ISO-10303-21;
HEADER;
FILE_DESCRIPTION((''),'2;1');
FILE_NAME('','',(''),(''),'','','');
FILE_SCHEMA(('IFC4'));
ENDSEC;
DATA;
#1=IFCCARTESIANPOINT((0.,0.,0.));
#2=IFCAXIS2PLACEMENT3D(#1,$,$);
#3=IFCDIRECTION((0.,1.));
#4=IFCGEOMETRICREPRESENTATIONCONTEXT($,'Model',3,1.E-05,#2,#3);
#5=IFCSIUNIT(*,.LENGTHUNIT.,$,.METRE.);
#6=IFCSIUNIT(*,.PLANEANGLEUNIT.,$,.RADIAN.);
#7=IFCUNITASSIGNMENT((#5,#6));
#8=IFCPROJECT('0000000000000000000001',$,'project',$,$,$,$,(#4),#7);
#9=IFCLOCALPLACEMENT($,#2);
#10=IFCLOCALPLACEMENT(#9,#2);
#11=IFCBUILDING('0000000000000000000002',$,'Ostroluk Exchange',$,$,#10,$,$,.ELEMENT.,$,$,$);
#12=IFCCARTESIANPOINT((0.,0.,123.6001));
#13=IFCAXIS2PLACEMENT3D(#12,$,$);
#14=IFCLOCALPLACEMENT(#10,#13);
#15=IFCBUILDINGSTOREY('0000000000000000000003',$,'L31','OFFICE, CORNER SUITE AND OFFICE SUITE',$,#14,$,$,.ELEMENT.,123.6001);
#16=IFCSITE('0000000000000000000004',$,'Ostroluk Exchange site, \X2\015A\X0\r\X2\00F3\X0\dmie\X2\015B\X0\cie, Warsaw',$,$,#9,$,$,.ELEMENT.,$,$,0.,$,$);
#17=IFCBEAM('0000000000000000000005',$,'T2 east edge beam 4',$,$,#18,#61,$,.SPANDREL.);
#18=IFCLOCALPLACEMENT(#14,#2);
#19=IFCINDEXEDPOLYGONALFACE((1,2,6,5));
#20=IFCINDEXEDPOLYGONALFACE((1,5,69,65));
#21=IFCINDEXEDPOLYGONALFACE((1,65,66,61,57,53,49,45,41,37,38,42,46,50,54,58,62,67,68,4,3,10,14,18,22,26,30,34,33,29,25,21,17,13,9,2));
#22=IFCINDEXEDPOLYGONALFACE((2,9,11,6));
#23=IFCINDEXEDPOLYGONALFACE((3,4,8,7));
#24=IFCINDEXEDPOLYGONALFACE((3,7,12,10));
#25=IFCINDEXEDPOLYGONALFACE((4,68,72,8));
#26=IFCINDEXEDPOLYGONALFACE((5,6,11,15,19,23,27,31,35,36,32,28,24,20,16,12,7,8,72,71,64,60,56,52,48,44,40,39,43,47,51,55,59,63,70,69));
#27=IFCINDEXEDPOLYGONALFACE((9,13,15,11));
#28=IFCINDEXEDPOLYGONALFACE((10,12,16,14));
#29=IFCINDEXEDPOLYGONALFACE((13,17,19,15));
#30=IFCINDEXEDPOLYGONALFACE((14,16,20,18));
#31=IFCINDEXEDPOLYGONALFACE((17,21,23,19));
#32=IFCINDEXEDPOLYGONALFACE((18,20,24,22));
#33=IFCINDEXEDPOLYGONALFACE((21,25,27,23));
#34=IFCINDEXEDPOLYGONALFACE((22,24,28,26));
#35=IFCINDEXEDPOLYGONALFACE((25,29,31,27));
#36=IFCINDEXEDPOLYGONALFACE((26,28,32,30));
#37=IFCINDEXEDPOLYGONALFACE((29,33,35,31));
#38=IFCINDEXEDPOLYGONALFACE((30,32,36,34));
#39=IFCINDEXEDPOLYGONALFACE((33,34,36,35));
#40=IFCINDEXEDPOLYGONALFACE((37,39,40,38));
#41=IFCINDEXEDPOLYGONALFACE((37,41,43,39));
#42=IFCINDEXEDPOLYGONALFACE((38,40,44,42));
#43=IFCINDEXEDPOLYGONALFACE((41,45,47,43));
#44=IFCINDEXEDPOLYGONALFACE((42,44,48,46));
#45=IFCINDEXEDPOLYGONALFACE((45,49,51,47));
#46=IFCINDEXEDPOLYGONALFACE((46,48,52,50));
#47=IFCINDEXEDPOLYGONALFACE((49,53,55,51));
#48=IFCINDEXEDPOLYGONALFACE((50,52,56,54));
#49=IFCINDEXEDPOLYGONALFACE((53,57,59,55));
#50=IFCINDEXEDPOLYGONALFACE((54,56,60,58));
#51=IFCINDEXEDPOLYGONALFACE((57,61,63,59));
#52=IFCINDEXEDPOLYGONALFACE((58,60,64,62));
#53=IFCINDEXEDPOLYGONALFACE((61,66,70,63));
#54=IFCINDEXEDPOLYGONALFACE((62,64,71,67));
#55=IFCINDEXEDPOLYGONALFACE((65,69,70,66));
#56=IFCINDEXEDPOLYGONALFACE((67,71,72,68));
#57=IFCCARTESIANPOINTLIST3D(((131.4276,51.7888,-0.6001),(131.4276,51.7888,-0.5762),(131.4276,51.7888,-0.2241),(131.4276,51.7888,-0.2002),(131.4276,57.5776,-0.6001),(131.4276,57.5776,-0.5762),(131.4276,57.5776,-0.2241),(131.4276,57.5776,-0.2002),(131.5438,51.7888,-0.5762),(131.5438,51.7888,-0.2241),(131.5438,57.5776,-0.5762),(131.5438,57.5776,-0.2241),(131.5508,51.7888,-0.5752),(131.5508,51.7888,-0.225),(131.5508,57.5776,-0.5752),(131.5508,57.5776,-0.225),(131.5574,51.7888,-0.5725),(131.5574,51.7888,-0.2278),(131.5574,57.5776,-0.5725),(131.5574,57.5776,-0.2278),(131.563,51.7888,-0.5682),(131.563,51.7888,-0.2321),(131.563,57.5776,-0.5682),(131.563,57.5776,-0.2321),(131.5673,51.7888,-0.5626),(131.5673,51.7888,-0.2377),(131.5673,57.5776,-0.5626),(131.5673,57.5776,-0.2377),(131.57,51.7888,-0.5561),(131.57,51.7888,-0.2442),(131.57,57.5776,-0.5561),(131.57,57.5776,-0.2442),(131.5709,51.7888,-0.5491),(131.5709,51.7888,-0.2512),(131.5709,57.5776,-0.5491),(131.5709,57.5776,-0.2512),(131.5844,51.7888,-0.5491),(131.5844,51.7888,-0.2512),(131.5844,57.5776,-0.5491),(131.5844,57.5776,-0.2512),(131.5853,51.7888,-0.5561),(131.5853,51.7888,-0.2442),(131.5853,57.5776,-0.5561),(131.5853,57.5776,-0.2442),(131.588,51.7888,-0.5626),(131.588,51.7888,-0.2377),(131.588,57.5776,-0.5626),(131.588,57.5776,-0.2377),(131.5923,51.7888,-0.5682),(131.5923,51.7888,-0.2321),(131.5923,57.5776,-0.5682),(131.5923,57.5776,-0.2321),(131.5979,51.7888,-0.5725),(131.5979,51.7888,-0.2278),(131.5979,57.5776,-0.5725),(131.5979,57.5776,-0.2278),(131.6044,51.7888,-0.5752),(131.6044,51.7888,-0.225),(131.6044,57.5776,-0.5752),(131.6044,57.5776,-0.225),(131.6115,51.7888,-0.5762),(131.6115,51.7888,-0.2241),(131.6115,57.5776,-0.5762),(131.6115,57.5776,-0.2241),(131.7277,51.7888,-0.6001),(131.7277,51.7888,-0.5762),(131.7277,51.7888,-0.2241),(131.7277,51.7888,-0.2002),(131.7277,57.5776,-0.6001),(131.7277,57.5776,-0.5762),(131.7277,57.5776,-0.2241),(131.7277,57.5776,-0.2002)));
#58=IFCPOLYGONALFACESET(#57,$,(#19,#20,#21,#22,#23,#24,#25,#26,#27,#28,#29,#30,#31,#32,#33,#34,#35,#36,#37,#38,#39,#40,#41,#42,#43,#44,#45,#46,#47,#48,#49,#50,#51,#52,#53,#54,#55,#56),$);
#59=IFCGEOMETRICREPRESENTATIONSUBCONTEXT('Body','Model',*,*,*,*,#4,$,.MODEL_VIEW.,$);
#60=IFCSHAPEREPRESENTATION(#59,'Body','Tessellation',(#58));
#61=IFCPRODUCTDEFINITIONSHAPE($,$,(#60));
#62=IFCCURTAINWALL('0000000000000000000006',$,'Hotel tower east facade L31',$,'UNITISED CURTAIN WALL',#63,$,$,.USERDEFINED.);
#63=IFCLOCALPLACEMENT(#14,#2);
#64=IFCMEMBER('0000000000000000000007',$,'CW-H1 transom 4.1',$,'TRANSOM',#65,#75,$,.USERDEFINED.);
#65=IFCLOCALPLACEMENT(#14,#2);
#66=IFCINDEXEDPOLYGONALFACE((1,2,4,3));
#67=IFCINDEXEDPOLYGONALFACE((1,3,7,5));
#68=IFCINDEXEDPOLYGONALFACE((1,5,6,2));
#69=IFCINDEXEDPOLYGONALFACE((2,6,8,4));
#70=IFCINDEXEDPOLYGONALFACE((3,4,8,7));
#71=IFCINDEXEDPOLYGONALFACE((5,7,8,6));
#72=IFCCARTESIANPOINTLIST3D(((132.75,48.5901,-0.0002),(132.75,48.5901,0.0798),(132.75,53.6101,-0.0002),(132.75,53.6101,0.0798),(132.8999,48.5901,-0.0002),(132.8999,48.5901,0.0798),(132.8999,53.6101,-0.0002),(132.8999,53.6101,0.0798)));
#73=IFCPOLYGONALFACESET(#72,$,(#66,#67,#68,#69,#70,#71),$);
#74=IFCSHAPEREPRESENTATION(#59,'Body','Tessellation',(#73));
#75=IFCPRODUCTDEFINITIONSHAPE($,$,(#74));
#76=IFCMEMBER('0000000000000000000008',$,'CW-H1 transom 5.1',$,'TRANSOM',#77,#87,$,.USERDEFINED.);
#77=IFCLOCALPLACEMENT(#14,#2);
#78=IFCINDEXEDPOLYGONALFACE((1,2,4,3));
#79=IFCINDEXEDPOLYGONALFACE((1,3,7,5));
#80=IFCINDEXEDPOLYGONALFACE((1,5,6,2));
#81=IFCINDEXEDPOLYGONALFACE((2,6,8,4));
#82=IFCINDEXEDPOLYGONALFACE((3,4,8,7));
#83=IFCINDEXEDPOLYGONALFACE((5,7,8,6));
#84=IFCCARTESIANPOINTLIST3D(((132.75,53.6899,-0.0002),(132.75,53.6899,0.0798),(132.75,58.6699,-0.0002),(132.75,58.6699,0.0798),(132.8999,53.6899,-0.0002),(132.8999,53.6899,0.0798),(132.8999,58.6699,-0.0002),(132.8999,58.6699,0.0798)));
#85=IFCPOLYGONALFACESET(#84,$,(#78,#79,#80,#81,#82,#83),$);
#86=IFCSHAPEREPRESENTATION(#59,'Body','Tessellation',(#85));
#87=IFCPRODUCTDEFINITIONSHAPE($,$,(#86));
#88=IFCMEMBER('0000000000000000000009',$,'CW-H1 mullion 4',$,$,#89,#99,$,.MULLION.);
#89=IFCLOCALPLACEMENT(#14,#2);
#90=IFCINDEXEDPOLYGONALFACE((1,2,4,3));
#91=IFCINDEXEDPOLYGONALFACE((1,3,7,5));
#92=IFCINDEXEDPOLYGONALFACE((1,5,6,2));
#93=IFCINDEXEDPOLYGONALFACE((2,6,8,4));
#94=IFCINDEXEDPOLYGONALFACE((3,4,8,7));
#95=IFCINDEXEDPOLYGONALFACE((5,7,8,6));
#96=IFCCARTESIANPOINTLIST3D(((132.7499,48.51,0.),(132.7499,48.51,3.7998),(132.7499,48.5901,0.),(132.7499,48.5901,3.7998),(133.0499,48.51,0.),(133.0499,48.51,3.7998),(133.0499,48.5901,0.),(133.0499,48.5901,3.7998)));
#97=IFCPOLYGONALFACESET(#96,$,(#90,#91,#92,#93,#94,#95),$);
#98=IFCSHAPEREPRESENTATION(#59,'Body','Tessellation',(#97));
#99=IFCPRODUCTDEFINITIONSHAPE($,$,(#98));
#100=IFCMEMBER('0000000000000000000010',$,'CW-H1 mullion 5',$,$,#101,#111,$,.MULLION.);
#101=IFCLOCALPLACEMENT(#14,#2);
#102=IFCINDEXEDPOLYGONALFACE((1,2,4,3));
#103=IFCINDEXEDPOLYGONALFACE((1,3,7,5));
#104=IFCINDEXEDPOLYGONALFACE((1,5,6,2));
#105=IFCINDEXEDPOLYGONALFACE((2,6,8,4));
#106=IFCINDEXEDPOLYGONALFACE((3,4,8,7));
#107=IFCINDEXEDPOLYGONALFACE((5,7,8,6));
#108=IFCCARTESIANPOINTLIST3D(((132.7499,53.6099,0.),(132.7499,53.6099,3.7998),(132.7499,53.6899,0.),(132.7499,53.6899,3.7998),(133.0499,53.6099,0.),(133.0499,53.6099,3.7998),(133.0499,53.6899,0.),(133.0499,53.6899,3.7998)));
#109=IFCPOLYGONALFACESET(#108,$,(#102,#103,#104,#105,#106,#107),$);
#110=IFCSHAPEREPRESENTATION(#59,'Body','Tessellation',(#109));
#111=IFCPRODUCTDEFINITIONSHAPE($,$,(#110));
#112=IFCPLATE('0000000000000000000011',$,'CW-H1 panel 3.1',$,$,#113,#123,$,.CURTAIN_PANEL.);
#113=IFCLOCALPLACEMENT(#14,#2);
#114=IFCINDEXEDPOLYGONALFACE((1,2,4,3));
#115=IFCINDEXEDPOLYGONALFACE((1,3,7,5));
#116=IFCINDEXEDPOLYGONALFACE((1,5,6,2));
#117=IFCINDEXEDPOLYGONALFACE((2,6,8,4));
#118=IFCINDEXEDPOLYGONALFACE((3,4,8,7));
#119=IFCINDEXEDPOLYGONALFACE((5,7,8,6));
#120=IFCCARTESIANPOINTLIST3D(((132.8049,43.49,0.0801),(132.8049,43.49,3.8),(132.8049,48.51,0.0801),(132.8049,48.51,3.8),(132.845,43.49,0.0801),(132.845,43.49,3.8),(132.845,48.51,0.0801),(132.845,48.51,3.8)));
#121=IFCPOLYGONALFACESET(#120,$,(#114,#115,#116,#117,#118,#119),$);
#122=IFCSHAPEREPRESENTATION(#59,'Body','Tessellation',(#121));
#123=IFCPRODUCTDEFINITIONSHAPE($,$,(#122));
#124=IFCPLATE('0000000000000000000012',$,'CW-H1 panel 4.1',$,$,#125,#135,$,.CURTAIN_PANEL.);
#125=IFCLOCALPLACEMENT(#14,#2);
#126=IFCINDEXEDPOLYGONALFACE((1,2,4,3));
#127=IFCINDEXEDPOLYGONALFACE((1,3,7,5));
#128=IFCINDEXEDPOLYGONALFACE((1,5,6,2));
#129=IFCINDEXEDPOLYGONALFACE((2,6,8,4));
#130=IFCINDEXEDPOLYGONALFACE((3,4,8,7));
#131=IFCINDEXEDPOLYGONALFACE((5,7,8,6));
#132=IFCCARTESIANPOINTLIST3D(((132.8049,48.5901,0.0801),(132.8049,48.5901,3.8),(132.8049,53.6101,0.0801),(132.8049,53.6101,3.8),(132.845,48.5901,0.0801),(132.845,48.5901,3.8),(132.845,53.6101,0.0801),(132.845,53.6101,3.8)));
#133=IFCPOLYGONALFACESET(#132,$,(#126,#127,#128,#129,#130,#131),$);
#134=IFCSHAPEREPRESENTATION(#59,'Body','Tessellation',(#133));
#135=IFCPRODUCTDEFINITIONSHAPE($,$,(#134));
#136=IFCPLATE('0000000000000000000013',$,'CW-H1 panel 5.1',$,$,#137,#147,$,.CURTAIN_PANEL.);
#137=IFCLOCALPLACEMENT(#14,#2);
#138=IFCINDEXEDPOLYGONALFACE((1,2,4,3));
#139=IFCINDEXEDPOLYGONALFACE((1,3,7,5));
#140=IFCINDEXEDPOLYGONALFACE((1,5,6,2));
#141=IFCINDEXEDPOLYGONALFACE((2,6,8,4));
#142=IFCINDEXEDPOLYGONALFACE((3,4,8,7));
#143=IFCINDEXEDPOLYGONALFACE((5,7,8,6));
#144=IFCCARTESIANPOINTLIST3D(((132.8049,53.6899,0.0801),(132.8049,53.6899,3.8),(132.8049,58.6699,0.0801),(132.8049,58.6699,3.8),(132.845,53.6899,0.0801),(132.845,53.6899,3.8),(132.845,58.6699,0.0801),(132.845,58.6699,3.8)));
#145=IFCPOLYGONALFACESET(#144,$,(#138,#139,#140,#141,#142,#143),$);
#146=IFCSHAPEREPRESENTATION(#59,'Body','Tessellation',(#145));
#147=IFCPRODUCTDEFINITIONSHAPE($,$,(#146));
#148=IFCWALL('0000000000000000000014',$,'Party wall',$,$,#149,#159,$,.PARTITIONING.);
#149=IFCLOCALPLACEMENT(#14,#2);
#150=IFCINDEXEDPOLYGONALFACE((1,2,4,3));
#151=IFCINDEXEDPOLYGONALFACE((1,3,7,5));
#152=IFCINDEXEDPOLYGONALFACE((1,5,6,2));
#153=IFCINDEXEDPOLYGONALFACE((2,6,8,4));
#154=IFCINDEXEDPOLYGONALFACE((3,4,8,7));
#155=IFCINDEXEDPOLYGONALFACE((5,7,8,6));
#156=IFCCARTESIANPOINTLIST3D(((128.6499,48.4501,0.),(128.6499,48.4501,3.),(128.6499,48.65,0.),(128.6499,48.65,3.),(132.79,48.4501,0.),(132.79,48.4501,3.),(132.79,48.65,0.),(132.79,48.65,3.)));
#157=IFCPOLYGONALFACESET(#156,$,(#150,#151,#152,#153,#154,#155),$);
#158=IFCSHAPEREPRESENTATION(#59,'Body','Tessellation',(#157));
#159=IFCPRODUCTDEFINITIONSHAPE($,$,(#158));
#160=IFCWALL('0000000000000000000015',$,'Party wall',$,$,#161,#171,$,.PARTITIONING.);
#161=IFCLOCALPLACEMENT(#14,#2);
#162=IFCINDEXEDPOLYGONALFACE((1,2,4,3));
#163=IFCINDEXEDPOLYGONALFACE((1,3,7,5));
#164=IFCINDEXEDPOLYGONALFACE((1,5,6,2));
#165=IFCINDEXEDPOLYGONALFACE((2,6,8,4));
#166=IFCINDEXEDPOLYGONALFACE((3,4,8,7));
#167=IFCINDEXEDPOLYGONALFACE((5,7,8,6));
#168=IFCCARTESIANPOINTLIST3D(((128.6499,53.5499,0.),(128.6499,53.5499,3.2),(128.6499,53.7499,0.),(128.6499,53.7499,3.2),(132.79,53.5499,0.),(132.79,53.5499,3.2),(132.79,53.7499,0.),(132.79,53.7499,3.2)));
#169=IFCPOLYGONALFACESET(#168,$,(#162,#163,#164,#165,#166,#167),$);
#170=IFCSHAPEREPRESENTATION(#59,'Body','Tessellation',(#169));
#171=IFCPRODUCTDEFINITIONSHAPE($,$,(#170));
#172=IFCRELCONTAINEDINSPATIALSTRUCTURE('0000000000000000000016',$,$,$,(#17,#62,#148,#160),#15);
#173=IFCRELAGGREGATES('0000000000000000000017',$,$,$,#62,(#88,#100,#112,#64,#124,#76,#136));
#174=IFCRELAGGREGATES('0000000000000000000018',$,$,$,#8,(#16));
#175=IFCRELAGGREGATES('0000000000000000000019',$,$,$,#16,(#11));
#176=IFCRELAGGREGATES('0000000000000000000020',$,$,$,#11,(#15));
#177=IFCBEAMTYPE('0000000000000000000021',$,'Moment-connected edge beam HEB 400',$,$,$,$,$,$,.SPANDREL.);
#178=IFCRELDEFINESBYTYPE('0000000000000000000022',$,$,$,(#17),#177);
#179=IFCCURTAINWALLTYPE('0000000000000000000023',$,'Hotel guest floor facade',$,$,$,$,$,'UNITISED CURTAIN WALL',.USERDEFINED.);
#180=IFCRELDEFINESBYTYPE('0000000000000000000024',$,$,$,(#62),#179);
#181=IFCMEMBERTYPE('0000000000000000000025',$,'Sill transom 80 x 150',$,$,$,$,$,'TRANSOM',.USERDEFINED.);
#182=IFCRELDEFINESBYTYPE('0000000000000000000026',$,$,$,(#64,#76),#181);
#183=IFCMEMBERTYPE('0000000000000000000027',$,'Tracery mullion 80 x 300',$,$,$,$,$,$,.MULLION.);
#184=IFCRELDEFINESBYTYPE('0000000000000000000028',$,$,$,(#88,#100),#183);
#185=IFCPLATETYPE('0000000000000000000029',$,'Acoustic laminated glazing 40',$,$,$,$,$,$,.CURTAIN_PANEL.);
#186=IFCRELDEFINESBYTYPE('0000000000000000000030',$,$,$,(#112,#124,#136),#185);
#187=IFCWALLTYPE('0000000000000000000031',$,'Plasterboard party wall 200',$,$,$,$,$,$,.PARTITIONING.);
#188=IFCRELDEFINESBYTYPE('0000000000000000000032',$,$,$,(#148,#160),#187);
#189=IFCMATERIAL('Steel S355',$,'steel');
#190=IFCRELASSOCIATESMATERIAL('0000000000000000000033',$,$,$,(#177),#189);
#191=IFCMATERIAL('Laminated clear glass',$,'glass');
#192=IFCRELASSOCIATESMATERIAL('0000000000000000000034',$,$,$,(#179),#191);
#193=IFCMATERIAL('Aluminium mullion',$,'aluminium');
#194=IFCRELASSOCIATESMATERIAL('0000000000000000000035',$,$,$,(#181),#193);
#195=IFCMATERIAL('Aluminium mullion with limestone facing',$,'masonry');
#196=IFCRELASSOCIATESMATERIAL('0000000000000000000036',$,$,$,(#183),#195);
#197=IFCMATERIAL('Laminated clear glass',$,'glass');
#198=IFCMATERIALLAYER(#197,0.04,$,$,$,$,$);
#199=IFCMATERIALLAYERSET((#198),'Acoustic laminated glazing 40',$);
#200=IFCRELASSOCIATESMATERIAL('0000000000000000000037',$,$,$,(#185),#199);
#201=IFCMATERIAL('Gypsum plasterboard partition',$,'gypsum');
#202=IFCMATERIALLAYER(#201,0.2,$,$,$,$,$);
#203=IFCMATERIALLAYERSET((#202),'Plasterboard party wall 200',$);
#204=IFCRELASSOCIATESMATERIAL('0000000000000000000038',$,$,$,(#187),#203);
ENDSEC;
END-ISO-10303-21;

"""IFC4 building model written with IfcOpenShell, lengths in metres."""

from ifc_helpers import new_model, si_unit, direction, frame, frame_2d, origin, origin_2d, place, context, subcontext, project, spatial, rectangle, i_section, extrude, material, layer, layer_set, material_profile, profile_set, type_object, element, aggregate, save


model = new_model("IFC4")

# Units and contexts
model_context = context("Model", 3, precision=1e-05, world=origin(), true_north=direction((0.0, 1.0)))
body_context = subcontext(model_context, "Body", "Model", "MODEL_VIEW")
ifc_project = project(units=[si_unit("LENGTHUNIT", "METRE"), si_unit("PLANEANGLEUNIT", "RADIAN")], contexts=[model_context])

# Site, building, storey
site_placement = place(None, origin())
site = spatial("IfcSite", under=ifc_project, at=site_placement, Name="Ostroluk Exchange site, Śródmieście, Warsaw", CompositionType="ELEMENT", RefElevation=0.0)
building_placement = place(site_placement, origin())
building = spatial("IfcBuilding", under=site, at=building_placement, Name="Ostroluk Exchange", CompositionType="ELEMENT")
storey_placement = place(building_placement, frame((0.0, 0.0, 123.6001)))
storey = spatial("IfcBuildingStorey", under=building, at=storey_placement, Name="L31", Description="OFFICE, CORNER SUITE AND OFFICE SUITE", CompositionType="ELEMENT", Elevation=123.6001)

# Beam
ifc_material_1 = material(Name="Steel S355", Category="steel")
ifc_material_profile_1 = material_profile(ifc_material_1, i_section(OverallWidth=0.3, OverallDepth=0.3999, WebThickness=0.0134, FlangeThickness=0.0239, FilletRadius=0.0271, at=origin_2d()), Name="HEB 400")
ifc_profile_set_1 = profile_set([ifc_material_profile_1], Name="Steel S355")
beam_type_1 = type_object("IfcBeamType", Name="Moment-connected edge beam HEB 400", PredefinedType="SPANDREL", material=ifc_profile_set_1)
for number, where, z_axis, x_axis, name in (
    (1, (131.5776, 51.7888, -0.4001), (0.0, 1.0, 0.0), (-1.0, 0.0, 0.0), "T2 east edge beam 4"),
):
    element("IfcBeam", number, at=place(storey_placement, frame(where, z_axis=z_axis, x_axis=x_axis)), inside=storey, type_object=beam_type_1, Name=name, PredefinedType="SPANDREL", context=body_context, shape_type="SweptSolid", body=[
        extrude(i_section(OverallWidth=0.3, OverallDepth=0.3999, WebThickness=0.0134, FlangeThickness=0.0239, FilletRadius=0.0271, at=origin_2d()), origin(), (0.0, 0.0, 1.0), 5.7888),
    ])

# Curtain wall, members, plates
ifc_material_2 = material(Name="Laminated clear glass", Category="glass")
curtain_wall_type = type_object("IfcCurtainWallType", Name="Hotel guest floor facade", ElementType="UNITISED CURTAIN WALL", PredefinedType="USERDEFINED", material=ifc_material_2)
curtain_wall_placement = place(storey_placement, origin())
curtain_wall = element("IfcCurtainWall", 2, at=curtain_wall_placement, inside=storey, type_object=curtain_wall_type, Name="Hotel tower east facade L31", ObjectType="UNITISED CURTAIN WALL", PredefinedType="USERDEFINED")
ifc_material_3 = material(Name="Aluminium mullion", Category="aluminium")
ifc_material_profile_2 = material_profile(ifc_material_3, rectangle(XDim=0.1499, YDim=0.0801, at=origin_2d()), Name="Sill transom 80 x 150")
ifc_profile_set_2 = profile_set([ifc_material_profile_2], Name="Aluminium mullion")
member_type_1 = type_object("IfcMemberType", Name="Sill transom 80 x 150", ElementType="TRANSOM", PredefinedType="USERDEFINED", material=ifc_profile_set_2)
member_1_placement = place(storey_placement, frame((132.825, 48.5901, 0.0398), z_axis=(0.0, 1.0, 0.0), x_axis=(-1.0, 0.0, 0.0)))
member_1 = element("IfcMember", 3, at=member_1_placement, type_object=member_type_1, Name="CW-H1 transom 4.1", ObjectType="TRANSOM", PredefinedType="USERDEFINED", context=body_context, shape_type="SweptSolid", body=[
    extrude(rectangle(XDim=0.1499, YDim=0.0801, at=origin_2d()), origin(), (0.0, 0.0, 1.0), 5.02),
])
member_2_placement = place(storey_placement, frame((132.825, 53.6899, 0.0398), z_axis=(0.0, 1.0, 0.0), x_axis=(-1.0, 0.0, 0.0)))
member_2 = element("IfcMember", 4, at=member_2_placement, type_object=member_type_1, Name="CW-H1 transom 5.1", ObjectType="TRANSOM", PredefinedType="USERDEFINED", context=body_context, shape_type="SweptSolid", body=[
    extrude(rectangle(XDim=0.1499, YDim=0.0801, at=origin_2d()), origin(), (0.0, 0.0, 1.0), 4.98),
])
ifc_material_4 = material(Name="Aluminium mullion with limestone facing", Category="masonry")
ifc_material_profile_3 = material_profile(ifc_material_4, rectangle(XDim=0.3, YDim=0.0801, at=origin_2d()), Name="Tracery mullion 80 x 300")
ifc_profile_set_3 = profile_set([ifc_material_profile_3], Name="Aluminium mullion with limestone facing")
member_type_2 = type_object("IfcMemberType", Name="Tracery mullion 80 x 300", PredefinedType="MULLION", material=ifc_profile_set_3)
member_3_placement = place(storey_placement, frame((132.8999, 48.55, 0.0), z_axis=(0.0, 0.0, 1.0), x_axis=(-1.0, 0.0, 0.0)))
member_3 = element("IfcMember", 5, at=member_3_placement, type_object=member_type_2, Name="CW-H1 mullion 4", PredefinedType="MULLION", context=body_context, shape_type="SweptSolid", body=[
    extrude(rectangle(XDim=0.3, YDim=0.0801, at=origin_2d()), origin(), (0.0, 0.0, 1.0), 3.7998),
])
member_4_placement = place(storey_placement, frame((132.8999, 53.6499, 0.0), z_axis=(0.0, 0.0, 1.0), x_axis=(-1.0, 0.0, 0.0)))
member_4 = element("IfcMember", 6, at=member_4_placement, type_object=member_type_2, Name="CW-H1 mullion 5", PredefinedType="MULLION", context=body_context, shape_type="SweptSolid", body=[
    extrude(rectangle(XDim=0.3, YDim=0.0801, at=origin_2d()), origin(), (0.0, 0.0, 1.0), 3.7998),
])
ifc_material_5 = material(Name="Laminated clear glass", Category="glass")
ifc_layer_1 = layer(ifc_material_5, 0.04)
ifc_layer_set_1 = layer_set([ifc_layer_1], Name="Acoustic laminated glazing 40")
plate_type = type_object("IfcPlateType", Name="Acoustic laminated glazing 40", PredefinedType="CURTAIN_PANEL", material=ifc_layer_set_1)
plate_1_placement = place(storey_placement, frame((132.825, 46.0, 0.0801), z_axis=(0.0, 0.0, 1.0), x_axis=(0.0, 1.0, 0.0)))
plate_1 = element("IfcPlate", 7, at=plate_1_placement, type_object=plate_type, Name="CW-H1 panel 3.1", PredefinedType="CURTAIN_PANEL", context=body_context, shape_type="SweptSolid", body=[
    extrude(rectangle(XDim=5.02, YDim=0.04, at=origin_2d()), origin(), (0.0, 0.0, 1.0), 3.72),
])
plate_2_placement = place(storey_placement, frame((132.825, 51.1001, 0.0801), z_axis=(0.0, 0.0, 1.0), x_axis=(0.0, 1.0, 0.0)))
plate_2 = element("IfcPlate", 8, at=plate_2_placement, type_object=plate_type, Name="CW-H1 panel 4.1", PredefinedType="CURTAIN_PANEL", context=body_context, shape_type="SweptSolid", body=[
    extrude(rectangle(XDim=5.02, YDim=0.04, at=origin_2d()), origin(), (0.0, 0.0, 1.0), 3.72),
])
plate_3_placement = place(storey_placement, frame((132.825, 56.1799, 0.0801), z_axis=(0.0, 0.0, 1.0), x_axis=(0.0, 1.0, 0.0)))
plate_3 = element("IfcPlate", 9, at=plate_3_placement, type_object=plate_type, Name="CW-H1 panel 5.1", PredefinedType="CURTAIN_PANEL", context=body_context, shape_type="SweptSolid", body=[
    extrude(rectangle(XDim=4.98, YDim=0.04, at=origin_2d()), origin(), (0.0, 0.0, 1.0), 3.72),
])
aggregate(curtain_wall, [member_3, member_4, plate_1, member_1, plate_2, member_2, plate_3])

# Walls
ifc_material_6 = material(Name="Gypsum plasterboard partition", Category="gypsum")
ifc_layer_2 = layer(ifc_material_6, 0.2)
ifc_layer_set_2 = layer_set([ifc_layer_2], Name="Plasterboard party wall 200")
wall_type = type_object("IfcWallType", Name="Plasterboard party wall 200", PredefinedType="PARTITIONING", material=ifc_layer_set_2)
wall_1_placement = place(storey_placement, frame((128.6499, 48.55, 0.0), z_axis=(0.0, 0.0, 1.0), x_axis=(1.0, 0.0, 0.0)))
element("IfcWall", 10, at=wall_1_placement, inside=storey, type_object=wall_type, Name="Party wall", PredefinedType="PARTITIONING", context=body_context, shape_type="SweptSolid", body=[
    extrude(rectangle(XDim=4.1401, YDim=0.2, at=frame_2d((2.0701, 0.0))), origin(), (0.0, 0.0, 1.0), 3.0),
])
wall_2_placement = place(storey_placement, frame((128.6499, 53.6499, 0.0), z_axis=(0.0, 0.0, 1.0), x_axis=(1.0, 0.0, 0.0)))
element("IfcWall", 11, at=wall_2_placement, inside=storey, type_object=wall_type, Name="Party wall", PredefinedType="PARTITIONING", context=body_context, shape_type="SweptSolid", body=[
    extrude(rectangle(XDim=4.1401, YDim=0.2, at=frame_2d((2.0701, 0.0))), origin(), (0.0, 0.0, 1.0), 3.2),
])

save(model, "model.ifc")
